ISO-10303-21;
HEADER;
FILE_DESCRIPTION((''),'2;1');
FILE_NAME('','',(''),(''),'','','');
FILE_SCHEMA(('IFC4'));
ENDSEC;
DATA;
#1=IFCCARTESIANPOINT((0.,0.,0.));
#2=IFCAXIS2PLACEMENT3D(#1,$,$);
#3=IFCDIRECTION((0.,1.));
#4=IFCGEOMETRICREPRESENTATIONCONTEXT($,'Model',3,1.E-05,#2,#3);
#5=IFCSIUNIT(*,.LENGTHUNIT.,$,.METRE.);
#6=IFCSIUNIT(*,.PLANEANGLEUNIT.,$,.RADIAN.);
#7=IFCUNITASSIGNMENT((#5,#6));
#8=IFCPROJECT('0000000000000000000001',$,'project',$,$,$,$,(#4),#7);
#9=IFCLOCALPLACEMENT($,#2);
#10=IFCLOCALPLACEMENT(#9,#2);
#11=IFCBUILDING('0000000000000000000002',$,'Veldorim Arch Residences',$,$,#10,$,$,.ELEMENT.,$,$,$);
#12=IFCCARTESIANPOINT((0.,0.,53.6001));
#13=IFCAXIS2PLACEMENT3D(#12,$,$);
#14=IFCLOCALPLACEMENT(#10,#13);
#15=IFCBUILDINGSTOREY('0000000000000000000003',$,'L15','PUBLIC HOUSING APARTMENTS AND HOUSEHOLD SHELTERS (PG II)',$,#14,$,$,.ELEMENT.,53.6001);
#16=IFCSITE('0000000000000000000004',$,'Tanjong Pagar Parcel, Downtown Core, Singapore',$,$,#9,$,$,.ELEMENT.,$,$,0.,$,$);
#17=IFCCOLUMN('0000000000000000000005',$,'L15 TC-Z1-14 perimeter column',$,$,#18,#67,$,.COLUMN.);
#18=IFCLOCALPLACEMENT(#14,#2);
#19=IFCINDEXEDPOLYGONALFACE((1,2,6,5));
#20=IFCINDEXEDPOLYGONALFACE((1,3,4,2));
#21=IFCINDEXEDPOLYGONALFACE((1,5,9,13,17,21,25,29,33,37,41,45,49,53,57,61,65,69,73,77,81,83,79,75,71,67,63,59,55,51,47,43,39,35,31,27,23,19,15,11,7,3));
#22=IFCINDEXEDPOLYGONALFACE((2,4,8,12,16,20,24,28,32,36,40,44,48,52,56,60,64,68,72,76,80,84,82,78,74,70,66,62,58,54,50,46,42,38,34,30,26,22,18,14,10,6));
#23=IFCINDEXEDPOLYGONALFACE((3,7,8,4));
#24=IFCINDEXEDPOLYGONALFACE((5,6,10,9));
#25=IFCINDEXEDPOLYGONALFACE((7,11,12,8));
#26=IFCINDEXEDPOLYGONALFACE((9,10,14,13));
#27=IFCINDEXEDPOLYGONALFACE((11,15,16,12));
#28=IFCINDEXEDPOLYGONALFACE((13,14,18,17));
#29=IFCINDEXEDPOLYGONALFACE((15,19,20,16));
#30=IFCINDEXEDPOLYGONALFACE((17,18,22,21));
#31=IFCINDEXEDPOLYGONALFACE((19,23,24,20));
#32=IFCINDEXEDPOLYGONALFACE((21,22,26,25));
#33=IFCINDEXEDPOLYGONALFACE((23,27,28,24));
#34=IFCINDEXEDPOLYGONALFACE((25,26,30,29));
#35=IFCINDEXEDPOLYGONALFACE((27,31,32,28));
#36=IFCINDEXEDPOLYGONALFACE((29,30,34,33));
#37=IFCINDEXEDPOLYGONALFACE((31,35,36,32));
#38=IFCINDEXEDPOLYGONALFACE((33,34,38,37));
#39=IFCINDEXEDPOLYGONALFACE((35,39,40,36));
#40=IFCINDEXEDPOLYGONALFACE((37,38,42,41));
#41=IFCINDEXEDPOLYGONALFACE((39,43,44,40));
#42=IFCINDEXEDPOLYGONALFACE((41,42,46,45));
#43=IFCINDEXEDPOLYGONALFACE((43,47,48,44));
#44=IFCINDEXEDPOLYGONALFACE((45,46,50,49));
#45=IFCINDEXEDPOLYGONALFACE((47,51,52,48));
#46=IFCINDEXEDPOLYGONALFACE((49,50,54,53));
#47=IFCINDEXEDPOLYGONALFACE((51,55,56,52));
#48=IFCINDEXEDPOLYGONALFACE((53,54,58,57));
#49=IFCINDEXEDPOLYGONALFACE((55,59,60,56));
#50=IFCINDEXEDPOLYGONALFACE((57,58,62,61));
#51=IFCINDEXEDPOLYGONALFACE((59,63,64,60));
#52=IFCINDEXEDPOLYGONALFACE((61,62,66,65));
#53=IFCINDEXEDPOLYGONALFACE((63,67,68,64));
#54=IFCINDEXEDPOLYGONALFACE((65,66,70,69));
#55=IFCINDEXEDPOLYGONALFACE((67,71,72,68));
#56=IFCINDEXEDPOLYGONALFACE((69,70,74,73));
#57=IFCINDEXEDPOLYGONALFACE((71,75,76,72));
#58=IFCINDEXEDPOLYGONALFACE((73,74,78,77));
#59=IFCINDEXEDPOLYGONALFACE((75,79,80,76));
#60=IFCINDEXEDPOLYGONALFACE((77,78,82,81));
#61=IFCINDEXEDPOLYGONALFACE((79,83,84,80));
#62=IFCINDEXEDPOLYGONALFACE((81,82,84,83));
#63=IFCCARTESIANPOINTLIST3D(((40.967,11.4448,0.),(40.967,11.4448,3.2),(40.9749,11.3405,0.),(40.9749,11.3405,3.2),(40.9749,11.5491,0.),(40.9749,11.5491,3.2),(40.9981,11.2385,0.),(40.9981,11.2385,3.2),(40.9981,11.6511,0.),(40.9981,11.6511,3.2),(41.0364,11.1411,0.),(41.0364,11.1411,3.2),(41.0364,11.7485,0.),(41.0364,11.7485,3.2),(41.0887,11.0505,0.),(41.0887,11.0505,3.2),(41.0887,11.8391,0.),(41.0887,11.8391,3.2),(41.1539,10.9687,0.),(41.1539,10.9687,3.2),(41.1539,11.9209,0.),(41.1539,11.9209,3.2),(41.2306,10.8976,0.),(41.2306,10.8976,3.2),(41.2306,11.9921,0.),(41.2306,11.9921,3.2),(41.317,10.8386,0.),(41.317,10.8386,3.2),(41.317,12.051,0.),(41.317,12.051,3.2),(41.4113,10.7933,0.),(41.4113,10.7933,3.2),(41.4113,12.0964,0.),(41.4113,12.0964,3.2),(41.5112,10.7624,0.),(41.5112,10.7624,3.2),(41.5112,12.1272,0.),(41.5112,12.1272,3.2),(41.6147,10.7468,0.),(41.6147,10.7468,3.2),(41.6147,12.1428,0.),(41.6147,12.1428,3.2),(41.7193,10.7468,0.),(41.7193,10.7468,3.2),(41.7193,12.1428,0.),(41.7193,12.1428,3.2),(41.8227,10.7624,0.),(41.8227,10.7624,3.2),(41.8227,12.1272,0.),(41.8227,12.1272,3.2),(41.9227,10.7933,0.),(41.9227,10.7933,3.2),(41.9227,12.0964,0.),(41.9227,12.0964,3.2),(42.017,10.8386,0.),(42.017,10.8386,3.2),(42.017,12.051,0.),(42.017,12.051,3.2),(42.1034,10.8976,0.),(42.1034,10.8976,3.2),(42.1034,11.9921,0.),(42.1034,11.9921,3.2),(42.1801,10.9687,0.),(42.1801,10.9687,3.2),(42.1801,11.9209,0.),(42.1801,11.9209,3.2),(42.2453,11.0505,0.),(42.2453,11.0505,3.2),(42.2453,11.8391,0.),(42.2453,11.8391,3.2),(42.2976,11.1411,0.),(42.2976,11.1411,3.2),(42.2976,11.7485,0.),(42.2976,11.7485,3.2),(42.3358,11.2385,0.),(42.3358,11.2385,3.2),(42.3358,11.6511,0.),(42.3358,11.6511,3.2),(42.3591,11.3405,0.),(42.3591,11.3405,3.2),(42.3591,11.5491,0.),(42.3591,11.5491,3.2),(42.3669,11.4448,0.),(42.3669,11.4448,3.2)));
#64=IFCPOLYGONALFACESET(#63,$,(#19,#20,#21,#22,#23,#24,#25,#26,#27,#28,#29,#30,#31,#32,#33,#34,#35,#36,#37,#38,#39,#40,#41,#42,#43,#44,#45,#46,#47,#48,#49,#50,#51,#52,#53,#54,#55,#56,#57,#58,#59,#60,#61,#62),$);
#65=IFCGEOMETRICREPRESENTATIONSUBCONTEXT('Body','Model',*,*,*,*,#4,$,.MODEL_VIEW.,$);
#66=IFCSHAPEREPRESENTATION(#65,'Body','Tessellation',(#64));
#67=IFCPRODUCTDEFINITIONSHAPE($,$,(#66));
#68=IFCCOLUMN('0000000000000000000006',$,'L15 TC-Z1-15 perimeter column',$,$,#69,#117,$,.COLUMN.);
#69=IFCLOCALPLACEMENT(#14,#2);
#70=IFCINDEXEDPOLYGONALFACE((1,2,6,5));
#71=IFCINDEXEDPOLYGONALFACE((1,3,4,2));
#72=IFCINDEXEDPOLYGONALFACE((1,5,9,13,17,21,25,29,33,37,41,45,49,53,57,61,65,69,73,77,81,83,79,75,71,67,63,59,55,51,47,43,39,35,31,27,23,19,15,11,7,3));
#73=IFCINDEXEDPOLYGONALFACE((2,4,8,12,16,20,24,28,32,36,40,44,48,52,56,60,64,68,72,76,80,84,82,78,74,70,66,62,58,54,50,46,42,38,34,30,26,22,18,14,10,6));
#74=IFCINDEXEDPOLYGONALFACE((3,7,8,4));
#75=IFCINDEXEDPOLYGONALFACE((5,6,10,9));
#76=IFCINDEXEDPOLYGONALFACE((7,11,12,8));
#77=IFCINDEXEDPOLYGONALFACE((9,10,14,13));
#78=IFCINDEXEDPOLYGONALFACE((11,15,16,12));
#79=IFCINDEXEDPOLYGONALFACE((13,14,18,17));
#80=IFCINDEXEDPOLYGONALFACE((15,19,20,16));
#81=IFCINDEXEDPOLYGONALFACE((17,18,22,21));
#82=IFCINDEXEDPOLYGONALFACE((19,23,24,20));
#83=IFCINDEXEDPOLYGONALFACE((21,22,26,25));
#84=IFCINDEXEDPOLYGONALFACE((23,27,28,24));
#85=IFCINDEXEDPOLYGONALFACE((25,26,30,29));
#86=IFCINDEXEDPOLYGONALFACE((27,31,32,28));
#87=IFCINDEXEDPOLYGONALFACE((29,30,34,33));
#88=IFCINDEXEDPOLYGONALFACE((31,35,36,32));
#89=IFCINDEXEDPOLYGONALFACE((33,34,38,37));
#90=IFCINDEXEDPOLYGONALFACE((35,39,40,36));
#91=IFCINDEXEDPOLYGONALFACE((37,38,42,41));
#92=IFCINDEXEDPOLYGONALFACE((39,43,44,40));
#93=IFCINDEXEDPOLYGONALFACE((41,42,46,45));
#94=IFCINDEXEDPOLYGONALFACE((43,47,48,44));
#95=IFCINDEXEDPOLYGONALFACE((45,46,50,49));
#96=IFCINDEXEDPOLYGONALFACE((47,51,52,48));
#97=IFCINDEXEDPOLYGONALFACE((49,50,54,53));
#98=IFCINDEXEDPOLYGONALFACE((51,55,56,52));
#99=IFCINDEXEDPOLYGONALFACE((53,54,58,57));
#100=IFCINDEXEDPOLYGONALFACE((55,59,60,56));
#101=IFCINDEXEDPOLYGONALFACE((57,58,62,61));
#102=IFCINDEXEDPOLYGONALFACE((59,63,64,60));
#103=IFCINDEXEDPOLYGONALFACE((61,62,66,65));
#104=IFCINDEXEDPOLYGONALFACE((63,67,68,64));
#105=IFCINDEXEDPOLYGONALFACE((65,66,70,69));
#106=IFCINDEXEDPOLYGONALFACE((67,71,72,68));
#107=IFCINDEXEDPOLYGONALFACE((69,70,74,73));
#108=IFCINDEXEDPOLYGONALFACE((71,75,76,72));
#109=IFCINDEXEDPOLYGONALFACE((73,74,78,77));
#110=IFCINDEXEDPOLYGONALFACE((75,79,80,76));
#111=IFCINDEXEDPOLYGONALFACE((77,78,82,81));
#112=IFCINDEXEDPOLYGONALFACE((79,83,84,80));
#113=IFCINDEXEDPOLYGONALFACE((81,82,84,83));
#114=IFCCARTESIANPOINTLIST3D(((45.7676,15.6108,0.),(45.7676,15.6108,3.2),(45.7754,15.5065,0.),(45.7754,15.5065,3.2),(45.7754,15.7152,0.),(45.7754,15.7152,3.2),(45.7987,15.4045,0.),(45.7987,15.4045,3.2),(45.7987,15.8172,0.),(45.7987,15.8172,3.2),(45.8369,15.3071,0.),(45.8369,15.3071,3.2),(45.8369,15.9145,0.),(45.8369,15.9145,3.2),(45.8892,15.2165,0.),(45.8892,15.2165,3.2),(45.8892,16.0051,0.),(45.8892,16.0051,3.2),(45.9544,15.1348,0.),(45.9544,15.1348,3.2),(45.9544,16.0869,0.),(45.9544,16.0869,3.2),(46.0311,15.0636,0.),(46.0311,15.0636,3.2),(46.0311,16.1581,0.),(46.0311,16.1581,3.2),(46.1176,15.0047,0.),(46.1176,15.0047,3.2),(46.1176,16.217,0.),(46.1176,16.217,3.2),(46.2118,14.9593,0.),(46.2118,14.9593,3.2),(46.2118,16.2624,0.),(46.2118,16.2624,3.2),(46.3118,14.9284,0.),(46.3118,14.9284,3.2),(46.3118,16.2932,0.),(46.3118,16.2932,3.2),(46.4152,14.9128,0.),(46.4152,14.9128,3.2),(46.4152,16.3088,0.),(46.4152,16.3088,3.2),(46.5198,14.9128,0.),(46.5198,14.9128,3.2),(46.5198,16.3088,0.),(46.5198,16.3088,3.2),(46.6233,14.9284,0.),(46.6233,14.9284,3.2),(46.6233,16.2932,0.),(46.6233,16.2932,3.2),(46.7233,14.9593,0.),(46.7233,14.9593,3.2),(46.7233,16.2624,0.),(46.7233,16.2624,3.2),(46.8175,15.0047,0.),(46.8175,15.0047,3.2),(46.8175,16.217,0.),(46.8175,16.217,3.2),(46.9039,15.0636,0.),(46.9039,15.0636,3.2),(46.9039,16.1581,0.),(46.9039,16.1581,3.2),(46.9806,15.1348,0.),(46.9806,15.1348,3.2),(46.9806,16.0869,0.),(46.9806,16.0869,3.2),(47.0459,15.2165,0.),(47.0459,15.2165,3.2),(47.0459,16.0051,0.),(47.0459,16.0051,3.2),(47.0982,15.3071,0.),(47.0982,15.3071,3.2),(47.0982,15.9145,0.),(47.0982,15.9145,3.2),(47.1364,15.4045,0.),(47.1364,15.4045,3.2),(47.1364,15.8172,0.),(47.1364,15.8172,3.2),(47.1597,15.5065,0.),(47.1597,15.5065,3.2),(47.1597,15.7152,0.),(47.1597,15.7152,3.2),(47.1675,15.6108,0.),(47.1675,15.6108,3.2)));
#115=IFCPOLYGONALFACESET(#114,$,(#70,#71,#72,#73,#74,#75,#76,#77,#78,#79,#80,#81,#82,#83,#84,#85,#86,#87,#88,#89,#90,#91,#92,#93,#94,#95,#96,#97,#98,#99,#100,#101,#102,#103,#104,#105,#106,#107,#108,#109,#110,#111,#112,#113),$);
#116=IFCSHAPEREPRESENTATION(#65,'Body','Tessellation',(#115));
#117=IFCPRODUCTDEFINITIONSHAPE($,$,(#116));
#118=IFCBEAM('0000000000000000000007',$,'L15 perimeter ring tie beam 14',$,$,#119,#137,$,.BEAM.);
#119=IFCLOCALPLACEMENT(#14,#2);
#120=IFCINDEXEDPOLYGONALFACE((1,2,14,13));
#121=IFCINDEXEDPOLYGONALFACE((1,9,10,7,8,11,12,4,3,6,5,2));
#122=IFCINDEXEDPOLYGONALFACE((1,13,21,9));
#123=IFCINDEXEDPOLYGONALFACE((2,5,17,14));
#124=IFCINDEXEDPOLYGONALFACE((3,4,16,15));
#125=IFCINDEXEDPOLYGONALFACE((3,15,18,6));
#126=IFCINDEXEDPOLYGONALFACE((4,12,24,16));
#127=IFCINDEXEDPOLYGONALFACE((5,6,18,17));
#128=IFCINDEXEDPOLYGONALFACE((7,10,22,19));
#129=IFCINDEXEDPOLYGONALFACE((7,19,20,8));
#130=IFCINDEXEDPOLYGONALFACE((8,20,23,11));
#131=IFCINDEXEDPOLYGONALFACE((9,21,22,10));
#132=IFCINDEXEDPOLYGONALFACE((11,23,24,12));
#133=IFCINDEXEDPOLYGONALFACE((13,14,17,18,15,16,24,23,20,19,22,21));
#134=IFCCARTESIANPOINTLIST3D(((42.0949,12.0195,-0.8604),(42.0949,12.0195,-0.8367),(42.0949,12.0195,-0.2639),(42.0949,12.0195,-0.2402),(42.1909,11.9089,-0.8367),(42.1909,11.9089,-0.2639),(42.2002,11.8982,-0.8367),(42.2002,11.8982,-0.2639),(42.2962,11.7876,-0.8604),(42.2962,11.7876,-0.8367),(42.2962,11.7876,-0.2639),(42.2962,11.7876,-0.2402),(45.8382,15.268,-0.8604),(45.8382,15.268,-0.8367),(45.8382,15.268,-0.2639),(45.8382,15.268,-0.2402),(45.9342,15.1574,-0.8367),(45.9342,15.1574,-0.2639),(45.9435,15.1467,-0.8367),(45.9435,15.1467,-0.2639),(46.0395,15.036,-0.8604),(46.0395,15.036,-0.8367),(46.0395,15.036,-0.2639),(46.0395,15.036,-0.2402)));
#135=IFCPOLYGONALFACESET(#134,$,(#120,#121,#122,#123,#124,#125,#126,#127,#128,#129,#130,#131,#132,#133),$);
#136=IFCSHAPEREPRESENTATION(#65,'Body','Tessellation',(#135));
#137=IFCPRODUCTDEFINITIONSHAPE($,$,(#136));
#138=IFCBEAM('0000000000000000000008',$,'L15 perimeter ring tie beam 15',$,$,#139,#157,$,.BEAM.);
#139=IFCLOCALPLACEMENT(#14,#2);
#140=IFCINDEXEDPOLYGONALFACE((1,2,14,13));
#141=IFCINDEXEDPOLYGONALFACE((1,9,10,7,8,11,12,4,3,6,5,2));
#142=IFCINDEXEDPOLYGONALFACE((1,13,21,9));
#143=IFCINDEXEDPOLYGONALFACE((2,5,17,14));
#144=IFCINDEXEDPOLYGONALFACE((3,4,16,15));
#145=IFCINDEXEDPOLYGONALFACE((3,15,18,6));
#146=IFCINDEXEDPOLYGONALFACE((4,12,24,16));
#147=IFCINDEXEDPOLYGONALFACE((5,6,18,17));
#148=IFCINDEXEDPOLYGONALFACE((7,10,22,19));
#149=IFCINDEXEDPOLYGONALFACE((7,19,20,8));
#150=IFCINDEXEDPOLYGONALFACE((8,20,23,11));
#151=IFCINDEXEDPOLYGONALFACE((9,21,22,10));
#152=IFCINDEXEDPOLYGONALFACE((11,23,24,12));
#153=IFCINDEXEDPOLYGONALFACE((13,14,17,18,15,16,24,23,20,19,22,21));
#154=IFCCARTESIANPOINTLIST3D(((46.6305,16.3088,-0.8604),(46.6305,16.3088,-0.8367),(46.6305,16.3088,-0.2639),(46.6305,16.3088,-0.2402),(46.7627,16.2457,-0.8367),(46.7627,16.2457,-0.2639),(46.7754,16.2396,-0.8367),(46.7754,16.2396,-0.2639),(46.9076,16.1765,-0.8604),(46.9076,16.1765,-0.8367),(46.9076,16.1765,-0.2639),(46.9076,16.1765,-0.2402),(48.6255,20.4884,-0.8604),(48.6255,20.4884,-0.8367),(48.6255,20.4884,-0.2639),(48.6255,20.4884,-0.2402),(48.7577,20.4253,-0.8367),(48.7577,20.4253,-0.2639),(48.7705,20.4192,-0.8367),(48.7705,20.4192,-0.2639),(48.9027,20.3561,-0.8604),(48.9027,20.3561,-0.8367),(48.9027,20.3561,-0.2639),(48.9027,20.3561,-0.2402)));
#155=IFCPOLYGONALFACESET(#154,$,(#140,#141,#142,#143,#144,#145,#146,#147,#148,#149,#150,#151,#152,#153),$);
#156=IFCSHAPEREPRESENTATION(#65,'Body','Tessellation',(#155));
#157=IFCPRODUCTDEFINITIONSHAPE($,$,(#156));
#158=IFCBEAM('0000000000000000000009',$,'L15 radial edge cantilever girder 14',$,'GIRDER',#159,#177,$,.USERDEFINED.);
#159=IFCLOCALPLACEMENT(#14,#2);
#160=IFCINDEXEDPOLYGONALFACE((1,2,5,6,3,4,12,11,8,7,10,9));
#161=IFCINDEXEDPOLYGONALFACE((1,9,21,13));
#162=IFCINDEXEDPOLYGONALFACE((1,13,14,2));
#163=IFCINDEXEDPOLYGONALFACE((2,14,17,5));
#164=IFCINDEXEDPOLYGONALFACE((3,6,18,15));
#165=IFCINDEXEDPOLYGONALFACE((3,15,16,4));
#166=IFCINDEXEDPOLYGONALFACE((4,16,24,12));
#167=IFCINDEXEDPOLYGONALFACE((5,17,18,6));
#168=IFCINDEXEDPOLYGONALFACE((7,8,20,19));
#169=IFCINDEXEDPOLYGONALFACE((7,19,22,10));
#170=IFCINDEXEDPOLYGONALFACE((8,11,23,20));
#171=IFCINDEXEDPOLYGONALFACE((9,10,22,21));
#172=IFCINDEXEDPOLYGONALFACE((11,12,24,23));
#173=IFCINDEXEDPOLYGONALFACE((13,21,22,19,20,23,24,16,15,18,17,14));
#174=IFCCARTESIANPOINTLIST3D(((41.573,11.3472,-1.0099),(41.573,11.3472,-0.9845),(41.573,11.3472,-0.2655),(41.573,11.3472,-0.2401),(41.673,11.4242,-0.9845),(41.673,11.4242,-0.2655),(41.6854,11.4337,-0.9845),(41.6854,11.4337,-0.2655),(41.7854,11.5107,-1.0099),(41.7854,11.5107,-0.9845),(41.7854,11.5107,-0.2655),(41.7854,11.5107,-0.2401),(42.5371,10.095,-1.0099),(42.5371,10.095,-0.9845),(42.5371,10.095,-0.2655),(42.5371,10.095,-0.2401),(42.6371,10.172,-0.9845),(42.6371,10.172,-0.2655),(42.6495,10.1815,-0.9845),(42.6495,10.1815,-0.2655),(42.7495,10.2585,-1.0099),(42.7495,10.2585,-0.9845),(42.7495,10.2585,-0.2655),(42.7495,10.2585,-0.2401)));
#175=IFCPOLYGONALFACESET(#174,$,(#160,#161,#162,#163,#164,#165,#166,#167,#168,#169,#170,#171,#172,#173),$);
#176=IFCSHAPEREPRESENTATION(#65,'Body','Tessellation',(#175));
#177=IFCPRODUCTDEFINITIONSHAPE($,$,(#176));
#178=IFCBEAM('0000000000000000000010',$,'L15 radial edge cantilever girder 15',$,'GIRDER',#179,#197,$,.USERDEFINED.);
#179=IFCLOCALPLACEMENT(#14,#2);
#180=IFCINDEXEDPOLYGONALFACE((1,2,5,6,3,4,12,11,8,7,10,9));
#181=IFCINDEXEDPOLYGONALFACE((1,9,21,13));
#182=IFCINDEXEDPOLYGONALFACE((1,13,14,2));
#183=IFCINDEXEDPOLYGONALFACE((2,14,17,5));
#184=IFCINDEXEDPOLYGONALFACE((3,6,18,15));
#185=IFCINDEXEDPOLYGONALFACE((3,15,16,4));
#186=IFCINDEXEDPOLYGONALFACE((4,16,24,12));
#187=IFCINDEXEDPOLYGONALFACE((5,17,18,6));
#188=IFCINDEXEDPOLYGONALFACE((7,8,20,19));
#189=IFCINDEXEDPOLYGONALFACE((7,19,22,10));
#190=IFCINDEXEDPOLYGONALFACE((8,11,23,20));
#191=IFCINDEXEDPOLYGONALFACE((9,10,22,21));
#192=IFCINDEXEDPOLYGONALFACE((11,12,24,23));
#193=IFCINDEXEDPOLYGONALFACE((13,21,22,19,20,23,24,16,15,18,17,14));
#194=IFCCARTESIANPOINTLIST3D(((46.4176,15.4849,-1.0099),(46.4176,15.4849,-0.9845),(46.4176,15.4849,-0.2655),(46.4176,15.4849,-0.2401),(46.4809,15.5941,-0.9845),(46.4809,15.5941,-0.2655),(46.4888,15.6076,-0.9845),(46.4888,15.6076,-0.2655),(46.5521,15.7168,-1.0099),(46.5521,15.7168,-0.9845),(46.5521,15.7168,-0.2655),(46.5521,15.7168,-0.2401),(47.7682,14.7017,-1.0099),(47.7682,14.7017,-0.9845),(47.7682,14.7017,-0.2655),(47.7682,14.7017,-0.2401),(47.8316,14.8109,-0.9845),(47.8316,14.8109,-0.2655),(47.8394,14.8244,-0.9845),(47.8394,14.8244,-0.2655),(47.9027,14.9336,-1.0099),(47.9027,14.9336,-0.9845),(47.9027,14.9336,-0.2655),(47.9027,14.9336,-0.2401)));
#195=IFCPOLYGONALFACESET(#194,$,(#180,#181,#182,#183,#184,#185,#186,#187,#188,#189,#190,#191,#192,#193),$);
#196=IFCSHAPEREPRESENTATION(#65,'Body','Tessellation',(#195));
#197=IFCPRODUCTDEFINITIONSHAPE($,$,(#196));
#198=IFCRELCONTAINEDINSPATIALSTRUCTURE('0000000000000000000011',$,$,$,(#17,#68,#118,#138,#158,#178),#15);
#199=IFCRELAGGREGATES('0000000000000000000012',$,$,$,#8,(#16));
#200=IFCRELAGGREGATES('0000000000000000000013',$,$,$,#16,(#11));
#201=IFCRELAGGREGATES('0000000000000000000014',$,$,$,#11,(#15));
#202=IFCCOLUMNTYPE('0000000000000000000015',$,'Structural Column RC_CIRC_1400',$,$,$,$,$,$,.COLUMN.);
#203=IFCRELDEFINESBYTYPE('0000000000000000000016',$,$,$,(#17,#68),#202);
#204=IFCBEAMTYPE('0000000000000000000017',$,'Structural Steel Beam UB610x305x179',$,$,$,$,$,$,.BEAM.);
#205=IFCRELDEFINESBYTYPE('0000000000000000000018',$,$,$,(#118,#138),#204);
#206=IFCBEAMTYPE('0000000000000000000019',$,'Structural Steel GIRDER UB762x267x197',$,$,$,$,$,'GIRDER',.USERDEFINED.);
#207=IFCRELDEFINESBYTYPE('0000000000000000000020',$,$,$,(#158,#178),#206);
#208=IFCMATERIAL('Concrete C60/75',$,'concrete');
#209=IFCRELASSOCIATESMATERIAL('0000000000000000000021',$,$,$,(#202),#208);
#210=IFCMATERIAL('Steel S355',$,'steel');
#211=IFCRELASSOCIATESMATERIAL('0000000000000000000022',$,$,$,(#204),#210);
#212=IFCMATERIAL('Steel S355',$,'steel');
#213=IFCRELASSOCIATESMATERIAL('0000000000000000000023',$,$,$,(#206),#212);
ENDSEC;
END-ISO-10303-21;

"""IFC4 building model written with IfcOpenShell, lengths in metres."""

from ifc_helpers import new_model, si_unit, direction, frame, origin, origin_2d, place, context, subcontext, project, spatial, circle, i_section, extrude, material, material_profile, profile_set, type_object, element, save


model = new_model("IFC4")

# Units and contexts
model_context = context("Model", 3, precision=1e-05, world=origin(), true_north=direction((0.0, 1.0)))
body_context = subcontext(model_context, "Body", "Model", "MODEL_VIEW")
ifc_project = project(units=[si_unit("LENGTHUNIT", "METRE"), si_unit("PLANEANGLEUNIT", "RADIAN")], contexts=[model_context])

# Site, building, storey
site_placement = place(None, origin())
site = spatial("IfcSite", under=ifc_project, at=site_placement, Name="Tanjong Pagar Parcel, Downtown Core, Singapore", CompositionType="ELEMENT", RefElevation=0.0)
building_placement = place(site_placement, origin())
building = spatial("IfcBuilding", under=site, at=building_placement, Name="Veldorim Arch Residences", CompositionType="ELEMENT")
storey_placement = place(building_placement, frame((0.0, 0.0, 53.6001)))
storey = spatial("IfcBuildingStorey", under=building, at=storey_placement, Name="L15", Description="PUBLIC HOUSING APARTMENTS AND HOUSEHOLD SHELTERS (PG II)", CompositionType="ELEMENT", Elevation=53.6001)

# Columns
ifc_material_1 = material(Name="Concrete C60/75", Category="concrete")
ifc_material_profile_1 = material_profile(ifc_material_1, circle(Radius=0.7, at=origin_2d()), Name="RC_CIRC_1400")
ifc_profile_set_1 = profile_set([ifc_material_profile_1], Name="Concrete C60/75")
column_type = type_object("IfcColumnType", Name="Structural Column RC_CIRC_1400", PredefinedType="COLUMN", material=ifc_profile_set_1)
for number, where, z_axis, x_axis, name in (
    (1, (41.667, 11.4448, 0.0), (0.0, 0.0, 1.0), (1.0, 0.0, 0.0), "L15 TC-Z1-14 perimeter column"),
    (2, (46.4675, 15.6108, 0.0), (0.0, 0.0, 1.0), (1.0, 0.0, 0.0), "L15 TC-Z1-15 perimeter column"),
):
    element("IfcColumn", number, at=place(storey_placement, frame(where, z_axis=z_axis, x_axis=x_axis)), inside=storey, type_object=column_type, Name=name, PredefinedType="COLUMN", context=body_context, shape_type="SweptSolid", body=[
        extrude(circle(Radius=0.7, at=origin_2d()), origin(), (0.0, 0.0, 1.0), 3.2),
    ])

# Beams
ifc_material_2 = material(Name="Steel S355", Category="steel")
ifc_material_profile_2 = material_profile(ifc_material_2, i_section(OverallWidth=0.3071, OverallDepth=0.6201, WebThickness=0.0142, FlangeThickness=0.0237, at=origin_2d()), Name="UB610x305x179")
ifc_profile_set_2 = profile_set([ifc_material_profile_2], Name="Steel S355")
beam_type_1 = type_object("IfcBeamType", Name="Structural Steel Beam UB610x305x179", PredefinedType="BEAM", material=ifc_profile_set_2)
beam_1_placement = place(storey_placement, frame((42.1956, 11.9036, -0.5503), z_axis=(0.755265, 0.65542, 0.0), x_axis=(-0.65542, 0.755265, 0.0)))
element("IfcBeam", 3, at=beam_1_placement, inside=storey, type_object=beam_type_1, Name="L15 perimeter ring tie beam 14", PredefinedType="BEAM", context=body_context, shape_type="SweptSolid", body=[
    extrude(i_section(OverallWidth=0.3071, OverallDepth=0.6201, WebThickness=0.0142, FlangeThickness=0.0237, at=origin_2d()), origin(), (0.0, 0.0, 1.0), 4.9563),
])
beam_2_placement = place(storey_placement, frame((46.769, 16.2427, -0.5503), z_axis=(0.430776, 0.902459, 0.0), x_axis=(-0.902459, 0.430776, 0.0)))
element("IfcBeam", 4, at=beam_2_placement, inside=storey, type_object=beam_type_1, Name="L15 perimeter ring tie beam 15", PredefinedType="BEAM", context=body_context, shape_type="SweptSolid", body=[
    extrude(i_section(OverallWidth=0.3071, OverallDepth=0.6201, WebThickness=0.0142, FlangeThickness=0.0237, at=origin_2d()), origin(), (0.0, 0.0, 1.0), 4.6313),
])
ifc_material_3 = material(Name="Steel S355", Category="steel")
ifc_material_profile_3 = material_profile(ifc_material_3, i_section(OverallWidth=0.2681, OverallDepth=0.7698, WebThickness=0.0156, FlangeThickness=0.0254, at=origin_2d()), Name="UB762x267x197")
ifc_profile_set_3 = profile_set([ifc_material_profile_3], Name="Steel S355")
beam_type_2 = type_object("IfcBeamType", Name="Structural Steel GIRDER UB762x267x197", ElementType="GIRDER", PredefinedType="USERDEFINED", material=ifc_profile_set_3)
beam_3_placement = place(storey_placement, frame((41.6792, 11.429, -0.625), z_axis=(0.610062, -0.792354, 0.0), x_axis=(0.792354, 0.610062, 0.0)))
element("IfcBeam", 5, at=beam_3_placement, inside=storey, type_object=beam_type_2, Name="L15 radial edge cantilever girder 14", ObjectType="GIRDER", PredefinedType="USERDEFINED", context=body_context, shape_type="SweptSolid", body=[
    extrude(i_section(OverallWidth=0.2681, OverallDepth=0.7698, WebThickness=0.0156, FlangeThickness=0.0254, at=origin_2d()), origin(), (0.0, 0.0, 1.0), 1.5803),
])
beam_4_placement = place(storey_placement, frame((46.4849, 15.6008, -0.625), z_axis=(0.865069, -0.501653, 0.0), x_axis=(0.501653, 0.865069, 0.0)))
element("IfcBeam", 6, at=beam_4_placement, inside=storey, type_object=beam_type_2, Name="L15 radial edge cantilever girder 15", ObjectType="GIRDER", PredefinedType="USERDEFINED", context=body_context, shape_type="SweptSolid", body=[
    extrude(i_section(OverallWidth=0.2681, OverallDepth=0.7698, WebThickness=0.0156, FlangeThickness=0.0254, at=origin_2d()), origin(), (0.0, 0.0, 1.0), 1.5613),
])

save(model, "model.ifc")
